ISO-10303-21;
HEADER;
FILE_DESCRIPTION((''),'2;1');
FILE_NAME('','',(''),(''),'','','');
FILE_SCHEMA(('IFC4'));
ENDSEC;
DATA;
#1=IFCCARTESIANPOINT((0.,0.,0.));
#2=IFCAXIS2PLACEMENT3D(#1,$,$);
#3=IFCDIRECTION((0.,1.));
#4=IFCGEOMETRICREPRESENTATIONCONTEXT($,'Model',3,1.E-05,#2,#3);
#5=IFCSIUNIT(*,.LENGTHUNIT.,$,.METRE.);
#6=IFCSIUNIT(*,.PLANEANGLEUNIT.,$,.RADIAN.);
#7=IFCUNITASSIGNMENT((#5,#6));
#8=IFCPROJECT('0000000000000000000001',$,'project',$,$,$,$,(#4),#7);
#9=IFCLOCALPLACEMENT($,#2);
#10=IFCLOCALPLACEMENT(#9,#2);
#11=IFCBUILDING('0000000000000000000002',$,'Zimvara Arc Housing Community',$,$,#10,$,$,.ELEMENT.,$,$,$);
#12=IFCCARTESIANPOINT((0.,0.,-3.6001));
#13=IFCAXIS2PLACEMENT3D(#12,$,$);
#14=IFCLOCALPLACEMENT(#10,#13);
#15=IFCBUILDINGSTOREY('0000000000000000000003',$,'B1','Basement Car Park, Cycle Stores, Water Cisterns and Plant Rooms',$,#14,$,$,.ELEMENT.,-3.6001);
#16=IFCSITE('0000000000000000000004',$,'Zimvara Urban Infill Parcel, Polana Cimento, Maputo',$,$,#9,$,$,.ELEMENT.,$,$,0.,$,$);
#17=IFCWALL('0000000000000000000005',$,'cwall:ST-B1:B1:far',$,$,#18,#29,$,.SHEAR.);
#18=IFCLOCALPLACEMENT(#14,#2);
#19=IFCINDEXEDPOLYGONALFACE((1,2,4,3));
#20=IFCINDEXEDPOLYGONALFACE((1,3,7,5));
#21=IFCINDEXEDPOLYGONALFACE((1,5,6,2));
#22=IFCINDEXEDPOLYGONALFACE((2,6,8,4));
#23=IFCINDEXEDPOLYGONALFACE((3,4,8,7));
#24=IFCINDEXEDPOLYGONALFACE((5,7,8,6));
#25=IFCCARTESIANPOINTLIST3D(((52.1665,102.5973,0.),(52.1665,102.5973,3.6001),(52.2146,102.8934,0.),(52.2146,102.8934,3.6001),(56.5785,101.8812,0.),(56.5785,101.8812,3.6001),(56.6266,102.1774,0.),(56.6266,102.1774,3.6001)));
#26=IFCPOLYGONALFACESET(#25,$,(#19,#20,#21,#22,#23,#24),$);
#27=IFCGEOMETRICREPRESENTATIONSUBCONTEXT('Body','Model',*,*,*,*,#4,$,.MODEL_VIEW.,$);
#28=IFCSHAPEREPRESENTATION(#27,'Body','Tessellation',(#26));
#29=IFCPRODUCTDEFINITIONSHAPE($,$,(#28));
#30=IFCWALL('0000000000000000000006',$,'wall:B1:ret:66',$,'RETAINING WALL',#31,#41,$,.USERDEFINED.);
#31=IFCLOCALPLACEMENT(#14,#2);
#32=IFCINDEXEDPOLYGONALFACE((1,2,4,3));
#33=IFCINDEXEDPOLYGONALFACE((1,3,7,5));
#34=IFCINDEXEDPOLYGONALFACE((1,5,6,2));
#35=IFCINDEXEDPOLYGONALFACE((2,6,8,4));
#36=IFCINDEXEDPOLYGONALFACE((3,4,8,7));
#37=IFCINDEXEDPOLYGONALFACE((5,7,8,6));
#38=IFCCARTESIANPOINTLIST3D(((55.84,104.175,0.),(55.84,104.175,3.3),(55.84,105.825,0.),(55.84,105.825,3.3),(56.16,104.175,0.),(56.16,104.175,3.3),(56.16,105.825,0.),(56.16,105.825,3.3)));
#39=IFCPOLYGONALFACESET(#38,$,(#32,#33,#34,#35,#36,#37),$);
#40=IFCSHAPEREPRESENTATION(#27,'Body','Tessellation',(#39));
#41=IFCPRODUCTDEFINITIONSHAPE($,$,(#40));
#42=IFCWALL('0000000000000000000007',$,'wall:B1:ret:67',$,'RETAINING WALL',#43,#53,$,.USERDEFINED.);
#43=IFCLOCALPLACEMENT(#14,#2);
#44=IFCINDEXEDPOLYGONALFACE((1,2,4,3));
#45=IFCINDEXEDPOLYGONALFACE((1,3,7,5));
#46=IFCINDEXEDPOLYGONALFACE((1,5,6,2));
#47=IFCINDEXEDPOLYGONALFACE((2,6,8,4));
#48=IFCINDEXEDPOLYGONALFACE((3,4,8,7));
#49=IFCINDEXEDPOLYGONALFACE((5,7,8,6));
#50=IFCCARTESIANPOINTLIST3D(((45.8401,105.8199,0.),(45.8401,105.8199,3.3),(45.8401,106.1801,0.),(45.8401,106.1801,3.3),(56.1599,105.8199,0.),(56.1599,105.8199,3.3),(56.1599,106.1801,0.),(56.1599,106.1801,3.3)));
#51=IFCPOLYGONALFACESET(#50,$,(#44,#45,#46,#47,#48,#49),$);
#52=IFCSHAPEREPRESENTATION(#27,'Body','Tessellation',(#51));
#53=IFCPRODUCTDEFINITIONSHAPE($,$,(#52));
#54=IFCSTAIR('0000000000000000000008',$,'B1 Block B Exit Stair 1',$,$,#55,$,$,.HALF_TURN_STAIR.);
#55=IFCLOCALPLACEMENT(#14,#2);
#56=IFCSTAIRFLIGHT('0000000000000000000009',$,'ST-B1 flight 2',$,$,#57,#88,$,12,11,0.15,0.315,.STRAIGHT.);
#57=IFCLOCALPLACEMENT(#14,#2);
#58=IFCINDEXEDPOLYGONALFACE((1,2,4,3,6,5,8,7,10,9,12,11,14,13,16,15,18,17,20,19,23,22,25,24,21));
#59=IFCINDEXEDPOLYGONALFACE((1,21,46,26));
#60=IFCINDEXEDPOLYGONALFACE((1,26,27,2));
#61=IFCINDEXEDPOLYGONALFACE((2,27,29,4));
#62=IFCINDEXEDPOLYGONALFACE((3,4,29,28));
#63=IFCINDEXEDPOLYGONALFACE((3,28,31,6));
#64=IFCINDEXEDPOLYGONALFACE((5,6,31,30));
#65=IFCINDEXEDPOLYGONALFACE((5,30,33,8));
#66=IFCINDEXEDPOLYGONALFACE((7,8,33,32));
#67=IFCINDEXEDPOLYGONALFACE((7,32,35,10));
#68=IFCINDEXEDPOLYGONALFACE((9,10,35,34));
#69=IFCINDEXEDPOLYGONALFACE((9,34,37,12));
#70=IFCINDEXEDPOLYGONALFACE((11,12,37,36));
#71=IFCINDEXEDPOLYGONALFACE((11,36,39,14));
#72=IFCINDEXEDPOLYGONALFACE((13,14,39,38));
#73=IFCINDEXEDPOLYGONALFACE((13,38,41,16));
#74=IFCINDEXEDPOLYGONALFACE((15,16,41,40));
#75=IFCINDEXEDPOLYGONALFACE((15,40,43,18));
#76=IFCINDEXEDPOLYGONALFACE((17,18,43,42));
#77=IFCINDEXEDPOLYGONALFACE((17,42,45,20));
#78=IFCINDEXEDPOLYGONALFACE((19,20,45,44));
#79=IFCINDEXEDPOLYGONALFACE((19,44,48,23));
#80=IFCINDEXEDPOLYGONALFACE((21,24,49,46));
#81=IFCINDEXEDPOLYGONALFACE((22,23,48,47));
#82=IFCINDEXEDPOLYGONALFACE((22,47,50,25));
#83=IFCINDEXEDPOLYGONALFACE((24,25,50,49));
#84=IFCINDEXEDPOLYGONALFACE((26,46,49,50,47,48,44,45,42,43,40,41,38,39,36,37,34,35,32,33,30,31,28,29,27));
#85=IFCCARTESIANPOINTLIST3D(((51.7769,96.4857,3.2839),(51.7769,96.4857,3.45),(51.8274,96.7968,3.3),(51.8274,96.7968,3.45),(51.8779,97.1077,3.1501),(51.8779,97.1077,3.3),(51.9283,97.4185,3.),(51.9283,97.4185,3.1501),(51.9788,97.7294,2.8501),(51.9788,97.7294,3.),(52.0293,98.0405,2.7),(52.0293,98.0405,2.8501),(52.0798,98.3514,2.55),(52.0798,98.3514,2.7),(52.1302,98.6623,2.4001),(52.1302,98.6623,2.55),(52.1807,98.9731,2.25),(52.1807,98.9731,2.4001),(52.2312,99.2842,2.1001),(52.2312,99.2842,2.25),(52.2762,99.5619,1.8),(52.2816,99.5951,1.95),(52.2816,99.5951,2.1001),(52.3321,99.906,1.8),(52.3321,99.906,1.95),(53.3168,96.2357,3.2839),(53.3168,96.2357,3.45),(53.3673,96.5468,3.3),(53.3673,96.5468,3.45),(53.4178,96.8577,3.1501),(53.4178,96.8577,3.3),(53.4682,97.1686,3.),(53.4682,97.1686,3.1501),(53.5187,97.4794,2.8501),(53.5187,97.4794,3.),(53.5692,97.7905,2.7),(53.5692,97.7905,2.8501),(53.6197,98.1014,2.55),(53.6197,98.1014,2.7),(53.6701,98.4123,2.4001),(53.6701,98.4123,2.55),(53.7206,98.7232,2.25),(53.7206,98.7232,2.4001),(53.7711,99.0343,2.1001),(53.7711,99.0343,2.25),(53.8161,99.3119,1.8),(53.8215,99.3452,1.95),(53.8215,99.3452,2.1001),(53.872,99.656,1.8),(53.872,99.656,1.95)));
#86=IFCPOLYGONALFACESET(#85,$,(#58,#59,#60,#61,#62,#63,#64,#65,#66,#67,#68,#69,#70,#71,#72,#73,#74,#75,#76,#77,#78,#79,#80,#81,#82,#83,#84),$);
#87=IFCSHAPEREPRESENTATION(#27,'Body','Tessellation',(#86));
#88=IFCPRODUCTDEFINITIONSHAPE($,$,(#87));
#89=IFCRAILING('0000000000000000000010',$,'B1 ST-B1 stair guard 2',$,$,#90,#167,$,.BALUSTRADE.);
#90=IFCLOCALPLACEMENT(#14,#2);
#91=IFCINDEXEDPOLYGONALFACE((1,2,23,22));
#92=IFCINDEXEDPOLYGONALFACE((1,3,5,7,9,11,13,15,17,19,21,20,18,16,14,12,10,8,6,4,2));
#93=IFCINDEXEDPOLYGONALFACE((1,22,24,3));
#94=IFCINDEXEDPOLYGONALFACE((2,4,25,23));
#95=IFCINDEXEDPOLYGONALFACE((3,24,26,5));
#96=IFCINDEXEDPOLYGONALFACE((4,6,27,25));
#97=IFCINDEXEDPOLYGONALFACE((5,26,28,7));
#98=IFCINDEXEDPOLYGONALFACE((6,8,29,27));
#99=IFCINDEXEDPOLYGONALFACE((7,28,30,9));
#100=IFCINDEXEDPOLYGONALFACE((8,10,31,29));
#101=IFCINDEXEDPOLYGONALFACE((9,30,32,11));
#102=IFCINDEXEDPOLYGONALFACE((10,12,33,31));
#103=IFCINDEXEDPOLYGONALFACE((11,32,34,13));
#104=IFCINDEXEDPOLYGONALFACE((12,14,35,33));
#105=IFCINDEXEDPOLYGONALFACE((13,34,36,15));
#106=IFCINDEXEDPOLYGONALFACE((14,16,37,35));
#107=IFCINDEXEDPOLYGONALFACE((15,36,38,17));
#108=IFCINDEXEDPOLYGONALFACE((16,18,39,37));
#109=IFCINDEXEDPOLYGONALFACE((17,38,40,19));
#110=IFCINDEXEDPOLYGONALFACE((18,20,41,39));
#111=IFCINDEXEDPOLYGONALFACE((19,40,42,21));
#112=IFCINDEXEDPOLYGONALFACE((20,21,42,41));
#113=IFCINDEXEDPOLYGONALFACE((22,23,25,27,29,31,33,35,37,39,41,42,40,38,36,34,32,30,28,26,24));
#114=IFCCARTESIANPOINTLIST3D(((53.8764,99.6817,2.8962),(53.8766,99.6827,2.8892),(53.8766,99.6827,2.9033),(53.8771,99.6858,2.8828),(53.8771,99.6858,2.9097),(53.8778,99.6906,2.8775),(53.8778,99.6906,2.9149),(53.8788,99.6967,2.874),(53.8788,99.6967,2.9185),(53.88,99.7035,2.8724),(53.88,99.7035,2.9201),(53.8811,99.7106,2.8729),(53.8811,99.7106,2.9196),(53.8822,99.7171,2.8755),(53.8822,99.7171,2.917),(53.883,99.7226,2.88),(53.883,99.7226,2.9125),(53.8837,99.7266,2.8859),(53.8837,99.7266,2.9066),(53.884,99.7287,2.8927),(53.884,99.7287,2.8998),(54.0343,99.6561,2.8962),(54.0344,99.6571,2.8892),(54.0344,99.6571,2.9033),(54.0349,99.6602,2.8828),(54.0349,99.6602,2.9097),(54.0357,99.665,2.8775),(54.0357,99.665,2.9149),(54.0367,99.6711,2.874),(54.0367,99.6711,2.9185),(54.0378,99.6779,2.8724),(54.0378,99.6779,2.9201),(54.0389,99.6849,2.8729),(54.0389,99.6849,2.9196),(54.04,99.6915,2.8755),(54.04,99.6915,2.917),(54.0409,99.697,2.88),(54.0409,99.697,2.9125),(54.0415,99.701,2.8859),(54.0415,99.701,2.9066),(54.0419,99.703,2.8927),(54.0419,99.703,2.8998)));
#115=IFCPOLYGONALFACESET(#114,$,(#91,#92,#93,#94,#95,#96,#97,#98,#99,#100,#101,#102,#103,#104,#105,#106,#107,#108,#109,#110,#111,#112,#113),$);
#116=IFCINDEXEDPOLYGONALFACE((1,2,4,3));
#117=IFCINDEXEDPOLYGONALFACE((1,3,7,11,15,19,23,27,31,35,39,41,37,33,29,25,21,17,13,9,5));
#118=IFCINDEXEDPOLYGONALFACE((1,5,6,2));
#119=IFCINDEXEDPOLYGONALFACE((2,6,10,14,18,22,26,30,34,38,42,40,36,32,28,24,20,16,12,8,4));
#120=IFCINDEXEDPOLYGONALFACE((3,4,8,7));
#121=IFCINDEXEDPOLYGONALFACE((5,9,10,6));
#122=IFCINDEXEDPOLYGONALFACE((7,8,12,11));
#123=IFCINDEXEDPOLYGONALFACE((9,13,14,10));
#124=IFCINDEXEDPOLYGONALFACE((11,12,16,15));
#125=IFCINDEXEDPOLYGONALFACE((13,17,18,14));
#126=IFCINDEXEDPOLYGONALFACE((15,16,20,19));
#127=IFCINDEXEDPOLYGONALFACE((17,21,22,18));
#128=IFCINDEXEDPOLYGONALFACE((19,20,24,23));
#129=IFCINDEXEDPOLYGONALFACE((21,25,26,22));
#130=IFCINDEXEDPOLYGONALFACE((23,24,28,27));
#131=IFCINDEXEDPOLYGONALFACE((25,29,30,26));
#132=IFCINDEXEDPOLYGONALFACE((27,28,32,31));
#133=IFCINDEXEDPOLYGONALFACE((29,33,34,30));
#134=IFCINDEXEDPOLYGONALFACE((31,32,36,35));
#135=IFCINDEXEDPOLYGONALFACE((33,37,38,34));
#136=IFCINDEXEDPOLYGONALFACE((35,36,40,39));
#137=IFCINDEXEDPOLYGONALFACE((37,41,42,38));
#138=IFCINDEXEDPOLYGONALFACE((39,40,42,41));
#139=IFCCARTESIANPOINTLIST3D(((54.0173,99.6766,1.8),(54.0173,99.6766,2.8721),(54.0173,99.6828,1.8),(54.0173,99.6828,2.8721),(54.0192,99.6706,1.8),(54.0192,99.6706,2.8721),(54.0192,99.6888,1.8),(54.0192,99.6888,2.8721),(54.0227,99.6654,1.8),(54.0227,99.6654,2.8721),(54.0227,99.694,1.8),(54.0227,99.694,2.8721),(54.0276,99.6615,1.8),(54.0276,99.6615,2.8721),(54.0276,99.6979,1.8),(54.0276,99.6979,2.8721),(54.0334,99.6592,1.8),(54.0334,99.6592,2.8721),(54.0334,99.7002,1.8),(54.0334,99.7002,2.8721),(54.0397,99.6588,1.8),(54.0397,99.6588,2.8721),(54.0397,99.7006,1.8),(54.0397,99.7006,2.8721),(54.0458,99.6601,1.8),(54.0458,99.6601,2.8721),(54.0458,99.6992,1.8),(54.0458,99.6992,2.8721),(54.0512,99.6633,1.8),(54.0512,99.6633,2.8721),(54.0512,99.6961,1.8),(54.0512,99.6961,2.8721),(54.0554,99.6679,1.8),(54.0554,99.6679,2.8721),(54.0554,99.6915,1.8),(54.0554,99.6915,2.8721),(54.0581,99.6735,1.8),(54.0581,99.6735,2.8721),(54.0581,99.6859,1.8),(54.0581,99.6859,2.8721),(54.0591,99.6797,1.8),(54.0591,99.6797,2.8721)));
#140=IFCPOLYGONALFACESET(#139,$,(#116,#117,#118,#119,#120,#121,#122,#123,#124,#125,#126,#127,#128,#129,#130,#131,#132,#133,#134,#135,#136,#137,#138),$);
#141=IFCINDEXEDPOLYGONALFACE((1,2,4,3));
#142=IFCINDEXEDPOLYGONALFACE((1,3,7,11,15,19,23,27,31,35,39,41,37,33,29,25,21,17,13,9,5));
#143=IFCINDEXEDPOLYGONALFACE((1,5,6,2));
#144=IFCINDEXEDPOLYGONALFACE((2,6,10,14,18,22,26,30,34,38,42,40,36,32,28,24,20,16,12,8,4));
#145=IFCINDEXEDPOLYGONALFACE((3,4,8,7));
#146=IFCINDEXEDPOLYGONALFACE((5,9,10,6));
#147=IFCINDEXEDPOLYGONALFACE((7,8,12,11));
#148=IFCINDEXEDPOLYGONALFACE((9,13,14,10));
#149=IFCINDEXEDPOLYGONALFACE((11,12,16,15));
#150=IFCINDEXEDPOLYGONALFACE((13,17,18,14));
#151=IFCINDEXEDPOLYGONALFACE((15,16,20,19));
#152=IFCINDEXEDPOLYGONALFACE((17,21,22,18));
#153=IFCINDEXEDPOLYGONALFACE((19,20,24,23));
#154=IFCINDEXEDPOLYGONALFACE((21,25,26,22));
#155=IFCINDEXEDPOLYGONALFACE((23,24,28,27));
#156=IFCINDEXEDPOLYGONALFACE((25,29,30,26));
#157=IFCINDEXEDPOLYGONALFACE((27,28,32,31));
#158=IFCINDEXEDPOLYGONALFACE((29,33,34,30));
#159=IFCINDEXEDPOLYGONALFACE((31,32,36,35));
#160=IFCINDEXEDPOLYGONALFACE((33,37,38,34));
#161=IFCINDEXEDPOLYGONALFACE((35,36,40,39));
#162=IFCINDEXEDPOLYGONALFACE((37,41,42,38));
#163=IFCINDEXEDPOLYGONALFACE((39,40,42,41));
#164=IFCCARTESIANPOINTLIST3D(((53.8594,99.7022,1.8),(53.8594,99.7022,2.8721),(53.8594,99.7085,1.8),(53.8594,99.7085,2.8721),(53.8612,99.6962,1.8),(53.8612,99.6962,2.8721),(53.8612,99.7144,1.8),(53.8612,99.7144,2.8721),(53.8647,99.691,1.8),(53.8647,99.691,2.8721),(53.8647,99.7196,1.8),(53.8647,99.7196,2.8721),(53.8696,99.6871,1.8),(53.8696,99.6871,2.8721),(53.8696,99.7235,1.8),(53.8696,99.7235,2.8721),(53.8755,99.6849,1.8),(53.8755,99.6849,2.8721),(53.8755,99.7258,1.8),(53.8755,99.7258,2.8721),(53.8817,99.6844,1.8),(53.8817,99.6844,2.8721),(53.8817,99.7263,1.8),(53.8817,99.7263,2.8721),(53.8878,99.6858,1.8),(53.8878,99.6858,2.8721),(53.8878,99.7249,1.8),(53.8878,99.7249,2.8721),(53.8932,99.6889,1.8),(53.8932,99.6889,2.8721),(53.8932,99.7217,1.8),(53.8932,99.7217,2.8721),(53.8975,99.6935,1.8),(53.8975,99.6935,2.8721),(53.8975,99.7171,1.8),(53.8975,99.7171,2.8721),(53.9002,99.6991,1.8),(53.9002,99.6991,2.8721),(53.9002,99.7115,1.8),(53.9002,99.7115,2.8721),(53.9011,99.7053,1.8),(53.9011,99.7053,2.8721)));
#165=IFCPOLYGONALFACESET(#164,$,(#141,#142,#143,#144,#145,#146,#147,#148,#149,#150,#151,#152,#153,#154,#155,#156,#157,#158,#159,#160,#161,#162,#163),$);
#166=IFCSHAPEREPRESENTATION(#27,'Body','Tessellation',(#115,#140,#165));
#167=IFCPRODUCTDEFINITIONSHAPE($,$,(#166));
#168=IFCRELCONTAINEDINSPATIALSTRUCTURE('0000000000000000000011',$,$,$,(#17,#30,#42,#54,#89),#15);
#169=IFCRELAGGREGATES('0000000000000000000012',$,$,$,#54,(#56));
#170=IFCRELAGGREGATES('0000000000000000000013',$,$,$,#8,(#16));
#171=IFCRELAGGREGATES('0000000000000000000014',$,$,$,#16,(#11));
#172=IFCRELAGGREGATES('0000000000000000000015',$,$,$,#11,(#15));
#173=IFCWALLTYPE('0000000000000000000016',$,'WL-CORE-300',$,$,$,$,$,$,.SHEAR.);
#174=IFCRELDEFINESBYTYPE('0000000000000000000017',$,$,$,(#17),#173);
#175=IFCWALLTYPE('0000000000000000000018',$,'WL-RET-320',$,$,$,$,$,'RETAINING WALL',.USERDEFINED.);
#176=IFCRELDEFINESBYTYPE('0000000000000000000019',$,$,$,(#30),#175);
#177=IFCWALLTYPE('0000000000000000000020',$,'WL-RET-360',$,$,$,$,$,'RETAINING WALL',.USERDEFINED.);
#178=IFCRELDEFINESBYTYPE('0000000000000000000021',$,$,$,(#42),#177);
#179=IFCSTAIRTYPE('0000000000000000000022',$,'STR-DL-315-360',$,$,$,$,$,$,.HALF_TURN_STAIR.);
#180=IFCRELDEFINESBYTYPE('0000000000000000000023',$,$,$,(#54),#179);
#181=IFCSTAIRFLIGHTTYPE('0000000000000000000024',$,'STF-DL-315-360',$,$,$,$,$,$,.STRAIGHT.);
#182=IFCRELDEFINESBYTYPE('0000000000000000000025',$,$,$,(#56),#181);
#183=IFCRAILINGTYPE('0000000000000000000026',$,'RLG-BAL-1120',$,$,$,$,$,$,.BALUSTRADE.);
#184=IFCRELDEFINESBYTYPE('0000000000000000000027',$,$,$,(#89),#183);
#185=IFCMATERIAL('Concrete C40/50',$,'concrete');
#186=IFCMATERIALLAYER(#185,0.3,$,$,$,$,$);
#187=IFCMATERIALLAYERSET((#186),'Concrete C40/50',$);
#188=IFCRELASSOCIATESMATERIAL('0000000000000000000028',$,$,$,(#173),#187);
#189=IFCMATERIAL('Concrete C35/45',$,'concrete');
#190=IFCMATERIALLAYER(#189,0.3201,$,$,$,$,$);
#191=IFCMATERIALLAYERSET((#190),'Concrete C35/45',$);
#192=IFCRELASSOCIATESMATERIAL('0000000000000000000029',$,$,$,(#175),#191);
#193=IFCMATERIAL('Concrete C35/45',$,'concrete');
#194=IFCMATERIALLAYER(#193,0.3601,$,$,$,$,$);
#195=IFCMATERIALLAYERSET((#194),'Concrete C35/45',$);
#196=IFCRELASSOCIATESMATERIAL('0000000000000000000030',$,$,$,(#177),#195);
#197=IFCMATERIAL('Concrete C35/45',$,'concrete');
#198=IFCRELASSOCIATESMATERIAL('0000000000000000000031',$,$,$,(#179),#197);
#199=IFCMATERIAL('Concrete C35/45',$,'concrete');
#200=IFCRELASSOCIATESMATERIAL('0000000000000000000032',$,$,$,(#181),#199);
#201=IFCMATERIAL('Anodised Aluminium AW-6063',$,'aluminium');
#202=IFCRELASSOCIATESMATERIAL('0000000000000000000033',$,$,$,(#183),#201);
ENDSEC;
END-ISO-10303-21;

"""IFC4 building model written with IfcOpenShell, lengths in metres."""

from ifc_helpers import new_model, si_unit, direction, frame, frame_2d, origin, origin_2d, place, context, subcontext, project, spatial, polyline, rectangle, circle, outline, extrude, material, layer, layer_set, type_object, element, aggregate, save


model = new_model("IFC4")

# Units and contexts
model_context = context("Model", 3, precision=1e-05, world=origin(), true_north=direction((0.0, 1.0)))
body_context = subcontext(model_context, "Body", "Model", "MODEL_VIEW")
ifc_project = project(units=[si_unit("LENGTHUNIT", "METRE"), si_unit("PLANEANGLEUNIT", "RADIAN")], contexts=[model_context])

# Site, building, storey
site_placement = place(None, origin())
site = spatial("IfcSite", under=ifc_project, at=site_placement, Name="Zimvara Urban Infill Parcel, Polana Cimento, Maputo", CompositionType="ELEMENT", RefElevation=0.0)
building_placement = place(site_placement, origin())
building = spatial("IfcBuilding", under=site, at=building_placement, Name="Zimvara Arc Housing Community", CompositionType="ELEMENT")
storey_placement = place(building_placement, frame((0.0, 0.0, -3.6001)))
storey = spatial("IfcBuildingStorey", under=building, at=storey_placement, Name="B1", Description="Basement Car Park, Cycle Stores, Water Cisterns and Plant Rooms", CompositionType="ELEMENT", Elevation=-3.6001)

# Walls
ifc_material_1 = material(Name="Concrete C40/50", Category="concrete")
ifc_layer_1 = layer(ifc_material_1, 0.3)
ifc_layer_set_1 = layer_set([ifc_layer_1], Name="Concrete C40/50")
wall_type_1 = type_object("IfcWallType", Name="WL-CORE-300", PredefinedType="SHEAR", material=ifc_layer_set_1)
wall_1_placement = place(storey_placement, frame((56.6025, 102.0293, 0.0), z_axis=(0.0, 0.0, 1.0), x_axis=(-0.987085, 0.160199, 0.0)))
element("IfcWall", 1, at=wall_1_placement, inside=storey, type_object=wall_type_1, Name="cwall:ST-B1:B1:far", PredefinedType="SHEAR", context=body_context, shape_type="SweptSolid", body=[
    extrude(rectangle(XDim=4.4697, YDim=0.3, at=frame_2d((2.2349, 0.0))), origin(), (0.0, 0.0, 1.0), 3.6001),
])
ifc_material_2 = material(Name="Concrete C35/45", Category="concrete")
ifc_layer_2 = layer(ifc_material_2, 0.3201)
ifc_layer_set_2 = layer_set([ifc_layer_2], Name="Concrete C35/45")
wall_type_2 = type_object("IfcWallType", Name="WL-RET-320", ElementType="RETAINING WALL", PredefinedType="USERDEFINED", material=ifc_layer_set_2)
wall_2_placement = place(storey_placement, frame((56.0, 104.175, 0.0), z_axis=(0.0, 0.0, 1.0), x_axis=(0.0, 1.0, 0.0)))
element("IfcWall", 2, at=wall_2_placement, inside=storey, type_object=wall_type_2, Name="wall:B1:ret:66", ObjectType="RETAINING WALL", PredefinedType="USERDEFINED", context=body_context, shape_type="SweptSolid", body=[
    extrude(rectangle(XDim=1.6499, YDim=0.3201, at=frame_2d((0.825, 0.0))), origin(), (0.0, 0.0, 1.0), 3.3),
])
ifc_material_3 = material(Name="Concrete C35/45", Category="concrete")
ifc_layer_3 = layer(ifc_material_3, 0.3601)
ifc_layer_set_3 = layer_set([ifc_layer_3], Name="Concrete C35/45")
wall_type_3 = type_object("IfcWallType", Name="WL-RET-360", ElementType="RETAINING WALL", PredefinedType="USERDEFINED", material=ifc_layer_set_3)
wall_3_placement = place(storey_placement, frame((56.1599, 106.0, 0.0), z_axis=(0.0, 0.0, 1.0), x_axis=(-1.0, 0.0, 0.0)))
element("IfcWall", 3, at=wall_3_placement, inside=storey, type_object=wall_type_3, Name="wall:B1:ret:67", ObjectType="RETAINING WALL", PredefinedType="USERDEFINED", context=body_context, shape_type="SweptSolid", body=[
    extrude(rectangle(XDim=10.3198, YDim=0.3601, at=frame_2d((5.1599, 0.0))), origin(), (0.0, 0.0, 1.0), 3.3),
])

# Stair, stair flight
ifc_material_4 = material(Name="Concrete C35/45", Category="concrete")
stair_type = type_object("IfcStairType", Name="STR-DL-315-360", PredefinedType="HALF_TURN_STAIR", material=ifc_material_4)
stair_placement = place(storey_placement, origin())
stair = element("IfcStair", 4, at=stair_placement, inside=storey, type_object=stair_type, Name="B1 Block B Exit Stair 1", PredefinedType="HALF_TURN_STAIR")
ifc_material_5 = material(Name="Concrete C35/45", Category="concrete")
stair_flight_type = type_object("IfcStairFlightType", Name="STF-DL-315-360", PredefinedType="STRAIGHT", material=ifc_material_5)
stair_flight_placement = place(storey_placement, frame((53.1021, 99.781, 1.8), z_axis=(0.0, 0.0, 1.0), x_axis=(-0.160226, -0.98708, 0.0)))
stair_flight = element("IfcStairFlight", 5, at=stair_flight_placement, type_object=stair_flight_type, Name="ST-B1 flight 2", NumberOfRisers=12, NumberOfTreads=11, PredefinedType="STRAIGHT", RiserHeight=0.15, TreadLength=0.315, context=body_context, shape_type="SweptSolid", body=[
    extrude(outline(polyline([(0.0, 0.0), (0.0, 0.1499), (0.3149, 0.1499), (0.3149, 0.3), (0.6299, 0.3), (0.6299, 0.45), (0.9451, 0.45), (0.9451, 0.6001), (1.26, 0.6001), (1.26, 0.75), (1.575, 0.75), (1.575, 0.8999), (1.8899, 0.8999), (1.8899, 1.05), (2.2051, 1.05), (2.2051, 1.2), (2.52, 1.2), (2.52, 1.3501), (2.835, 1.3501), (2.835, 1.5), (3.1499, 1.5), (3.1499, 1.6499), (3.4651, 1.6499), (3.4651, 1.8), (3.4651, 1.4839), (0.3486, 0.0), (0.0, 0.0)])), frame((0.0, 0.78, 0.0), z_axis=(0.0, -1.0, 0.0), x_axis=(1.0, 0.0, 0.0)), (0.0, 0.0, 1.0), 1.5601),
])
aggregate(stair, [stair_flight])

# Railing
ifc_material_6 = material(Name="Anodised Aluminium AW-6063", Category="aluminium")
railing_type_1 = type_object("IfcRailingType", Name="RLG-BAL-1120", PredefinedType="BALUSTRADE", material=ifc_material_6)
railing_1_placement = place(storey_placement, frame((54.0381, 99.6797, 1.8)))
element("IfcRailing", 6, at=railing_1_placement, inside=storey, type_object=railing_type_1, Name="B1 ST-B1 stair guard 2", PredefinedType="BALUSTRADE", context=body_context, shape_type="SweptSolid", body=[
    extrude(circle(Radius=0.0239, at=origin_2d()), frame((0.0, 0.0, 1.0962), z_axis=(-0.987086, 0.160192, 0.0), x_axis=(-0.160192, -0.987086, 0.0)), (0.0, 0.0, 1.0), 0.1599),
    extrude(circle(Radius=0.021, at=origin_2d()), origin(), (0.0, 0.0, 1.0), 1.072),
    extrude(circle(Radius=0.021, at=origin_2d()), frame((-0.158, 0.0256, 0.0)), (0.0, 0.0, 1.0), 1.072),
])

save(model, "model.ifc")
